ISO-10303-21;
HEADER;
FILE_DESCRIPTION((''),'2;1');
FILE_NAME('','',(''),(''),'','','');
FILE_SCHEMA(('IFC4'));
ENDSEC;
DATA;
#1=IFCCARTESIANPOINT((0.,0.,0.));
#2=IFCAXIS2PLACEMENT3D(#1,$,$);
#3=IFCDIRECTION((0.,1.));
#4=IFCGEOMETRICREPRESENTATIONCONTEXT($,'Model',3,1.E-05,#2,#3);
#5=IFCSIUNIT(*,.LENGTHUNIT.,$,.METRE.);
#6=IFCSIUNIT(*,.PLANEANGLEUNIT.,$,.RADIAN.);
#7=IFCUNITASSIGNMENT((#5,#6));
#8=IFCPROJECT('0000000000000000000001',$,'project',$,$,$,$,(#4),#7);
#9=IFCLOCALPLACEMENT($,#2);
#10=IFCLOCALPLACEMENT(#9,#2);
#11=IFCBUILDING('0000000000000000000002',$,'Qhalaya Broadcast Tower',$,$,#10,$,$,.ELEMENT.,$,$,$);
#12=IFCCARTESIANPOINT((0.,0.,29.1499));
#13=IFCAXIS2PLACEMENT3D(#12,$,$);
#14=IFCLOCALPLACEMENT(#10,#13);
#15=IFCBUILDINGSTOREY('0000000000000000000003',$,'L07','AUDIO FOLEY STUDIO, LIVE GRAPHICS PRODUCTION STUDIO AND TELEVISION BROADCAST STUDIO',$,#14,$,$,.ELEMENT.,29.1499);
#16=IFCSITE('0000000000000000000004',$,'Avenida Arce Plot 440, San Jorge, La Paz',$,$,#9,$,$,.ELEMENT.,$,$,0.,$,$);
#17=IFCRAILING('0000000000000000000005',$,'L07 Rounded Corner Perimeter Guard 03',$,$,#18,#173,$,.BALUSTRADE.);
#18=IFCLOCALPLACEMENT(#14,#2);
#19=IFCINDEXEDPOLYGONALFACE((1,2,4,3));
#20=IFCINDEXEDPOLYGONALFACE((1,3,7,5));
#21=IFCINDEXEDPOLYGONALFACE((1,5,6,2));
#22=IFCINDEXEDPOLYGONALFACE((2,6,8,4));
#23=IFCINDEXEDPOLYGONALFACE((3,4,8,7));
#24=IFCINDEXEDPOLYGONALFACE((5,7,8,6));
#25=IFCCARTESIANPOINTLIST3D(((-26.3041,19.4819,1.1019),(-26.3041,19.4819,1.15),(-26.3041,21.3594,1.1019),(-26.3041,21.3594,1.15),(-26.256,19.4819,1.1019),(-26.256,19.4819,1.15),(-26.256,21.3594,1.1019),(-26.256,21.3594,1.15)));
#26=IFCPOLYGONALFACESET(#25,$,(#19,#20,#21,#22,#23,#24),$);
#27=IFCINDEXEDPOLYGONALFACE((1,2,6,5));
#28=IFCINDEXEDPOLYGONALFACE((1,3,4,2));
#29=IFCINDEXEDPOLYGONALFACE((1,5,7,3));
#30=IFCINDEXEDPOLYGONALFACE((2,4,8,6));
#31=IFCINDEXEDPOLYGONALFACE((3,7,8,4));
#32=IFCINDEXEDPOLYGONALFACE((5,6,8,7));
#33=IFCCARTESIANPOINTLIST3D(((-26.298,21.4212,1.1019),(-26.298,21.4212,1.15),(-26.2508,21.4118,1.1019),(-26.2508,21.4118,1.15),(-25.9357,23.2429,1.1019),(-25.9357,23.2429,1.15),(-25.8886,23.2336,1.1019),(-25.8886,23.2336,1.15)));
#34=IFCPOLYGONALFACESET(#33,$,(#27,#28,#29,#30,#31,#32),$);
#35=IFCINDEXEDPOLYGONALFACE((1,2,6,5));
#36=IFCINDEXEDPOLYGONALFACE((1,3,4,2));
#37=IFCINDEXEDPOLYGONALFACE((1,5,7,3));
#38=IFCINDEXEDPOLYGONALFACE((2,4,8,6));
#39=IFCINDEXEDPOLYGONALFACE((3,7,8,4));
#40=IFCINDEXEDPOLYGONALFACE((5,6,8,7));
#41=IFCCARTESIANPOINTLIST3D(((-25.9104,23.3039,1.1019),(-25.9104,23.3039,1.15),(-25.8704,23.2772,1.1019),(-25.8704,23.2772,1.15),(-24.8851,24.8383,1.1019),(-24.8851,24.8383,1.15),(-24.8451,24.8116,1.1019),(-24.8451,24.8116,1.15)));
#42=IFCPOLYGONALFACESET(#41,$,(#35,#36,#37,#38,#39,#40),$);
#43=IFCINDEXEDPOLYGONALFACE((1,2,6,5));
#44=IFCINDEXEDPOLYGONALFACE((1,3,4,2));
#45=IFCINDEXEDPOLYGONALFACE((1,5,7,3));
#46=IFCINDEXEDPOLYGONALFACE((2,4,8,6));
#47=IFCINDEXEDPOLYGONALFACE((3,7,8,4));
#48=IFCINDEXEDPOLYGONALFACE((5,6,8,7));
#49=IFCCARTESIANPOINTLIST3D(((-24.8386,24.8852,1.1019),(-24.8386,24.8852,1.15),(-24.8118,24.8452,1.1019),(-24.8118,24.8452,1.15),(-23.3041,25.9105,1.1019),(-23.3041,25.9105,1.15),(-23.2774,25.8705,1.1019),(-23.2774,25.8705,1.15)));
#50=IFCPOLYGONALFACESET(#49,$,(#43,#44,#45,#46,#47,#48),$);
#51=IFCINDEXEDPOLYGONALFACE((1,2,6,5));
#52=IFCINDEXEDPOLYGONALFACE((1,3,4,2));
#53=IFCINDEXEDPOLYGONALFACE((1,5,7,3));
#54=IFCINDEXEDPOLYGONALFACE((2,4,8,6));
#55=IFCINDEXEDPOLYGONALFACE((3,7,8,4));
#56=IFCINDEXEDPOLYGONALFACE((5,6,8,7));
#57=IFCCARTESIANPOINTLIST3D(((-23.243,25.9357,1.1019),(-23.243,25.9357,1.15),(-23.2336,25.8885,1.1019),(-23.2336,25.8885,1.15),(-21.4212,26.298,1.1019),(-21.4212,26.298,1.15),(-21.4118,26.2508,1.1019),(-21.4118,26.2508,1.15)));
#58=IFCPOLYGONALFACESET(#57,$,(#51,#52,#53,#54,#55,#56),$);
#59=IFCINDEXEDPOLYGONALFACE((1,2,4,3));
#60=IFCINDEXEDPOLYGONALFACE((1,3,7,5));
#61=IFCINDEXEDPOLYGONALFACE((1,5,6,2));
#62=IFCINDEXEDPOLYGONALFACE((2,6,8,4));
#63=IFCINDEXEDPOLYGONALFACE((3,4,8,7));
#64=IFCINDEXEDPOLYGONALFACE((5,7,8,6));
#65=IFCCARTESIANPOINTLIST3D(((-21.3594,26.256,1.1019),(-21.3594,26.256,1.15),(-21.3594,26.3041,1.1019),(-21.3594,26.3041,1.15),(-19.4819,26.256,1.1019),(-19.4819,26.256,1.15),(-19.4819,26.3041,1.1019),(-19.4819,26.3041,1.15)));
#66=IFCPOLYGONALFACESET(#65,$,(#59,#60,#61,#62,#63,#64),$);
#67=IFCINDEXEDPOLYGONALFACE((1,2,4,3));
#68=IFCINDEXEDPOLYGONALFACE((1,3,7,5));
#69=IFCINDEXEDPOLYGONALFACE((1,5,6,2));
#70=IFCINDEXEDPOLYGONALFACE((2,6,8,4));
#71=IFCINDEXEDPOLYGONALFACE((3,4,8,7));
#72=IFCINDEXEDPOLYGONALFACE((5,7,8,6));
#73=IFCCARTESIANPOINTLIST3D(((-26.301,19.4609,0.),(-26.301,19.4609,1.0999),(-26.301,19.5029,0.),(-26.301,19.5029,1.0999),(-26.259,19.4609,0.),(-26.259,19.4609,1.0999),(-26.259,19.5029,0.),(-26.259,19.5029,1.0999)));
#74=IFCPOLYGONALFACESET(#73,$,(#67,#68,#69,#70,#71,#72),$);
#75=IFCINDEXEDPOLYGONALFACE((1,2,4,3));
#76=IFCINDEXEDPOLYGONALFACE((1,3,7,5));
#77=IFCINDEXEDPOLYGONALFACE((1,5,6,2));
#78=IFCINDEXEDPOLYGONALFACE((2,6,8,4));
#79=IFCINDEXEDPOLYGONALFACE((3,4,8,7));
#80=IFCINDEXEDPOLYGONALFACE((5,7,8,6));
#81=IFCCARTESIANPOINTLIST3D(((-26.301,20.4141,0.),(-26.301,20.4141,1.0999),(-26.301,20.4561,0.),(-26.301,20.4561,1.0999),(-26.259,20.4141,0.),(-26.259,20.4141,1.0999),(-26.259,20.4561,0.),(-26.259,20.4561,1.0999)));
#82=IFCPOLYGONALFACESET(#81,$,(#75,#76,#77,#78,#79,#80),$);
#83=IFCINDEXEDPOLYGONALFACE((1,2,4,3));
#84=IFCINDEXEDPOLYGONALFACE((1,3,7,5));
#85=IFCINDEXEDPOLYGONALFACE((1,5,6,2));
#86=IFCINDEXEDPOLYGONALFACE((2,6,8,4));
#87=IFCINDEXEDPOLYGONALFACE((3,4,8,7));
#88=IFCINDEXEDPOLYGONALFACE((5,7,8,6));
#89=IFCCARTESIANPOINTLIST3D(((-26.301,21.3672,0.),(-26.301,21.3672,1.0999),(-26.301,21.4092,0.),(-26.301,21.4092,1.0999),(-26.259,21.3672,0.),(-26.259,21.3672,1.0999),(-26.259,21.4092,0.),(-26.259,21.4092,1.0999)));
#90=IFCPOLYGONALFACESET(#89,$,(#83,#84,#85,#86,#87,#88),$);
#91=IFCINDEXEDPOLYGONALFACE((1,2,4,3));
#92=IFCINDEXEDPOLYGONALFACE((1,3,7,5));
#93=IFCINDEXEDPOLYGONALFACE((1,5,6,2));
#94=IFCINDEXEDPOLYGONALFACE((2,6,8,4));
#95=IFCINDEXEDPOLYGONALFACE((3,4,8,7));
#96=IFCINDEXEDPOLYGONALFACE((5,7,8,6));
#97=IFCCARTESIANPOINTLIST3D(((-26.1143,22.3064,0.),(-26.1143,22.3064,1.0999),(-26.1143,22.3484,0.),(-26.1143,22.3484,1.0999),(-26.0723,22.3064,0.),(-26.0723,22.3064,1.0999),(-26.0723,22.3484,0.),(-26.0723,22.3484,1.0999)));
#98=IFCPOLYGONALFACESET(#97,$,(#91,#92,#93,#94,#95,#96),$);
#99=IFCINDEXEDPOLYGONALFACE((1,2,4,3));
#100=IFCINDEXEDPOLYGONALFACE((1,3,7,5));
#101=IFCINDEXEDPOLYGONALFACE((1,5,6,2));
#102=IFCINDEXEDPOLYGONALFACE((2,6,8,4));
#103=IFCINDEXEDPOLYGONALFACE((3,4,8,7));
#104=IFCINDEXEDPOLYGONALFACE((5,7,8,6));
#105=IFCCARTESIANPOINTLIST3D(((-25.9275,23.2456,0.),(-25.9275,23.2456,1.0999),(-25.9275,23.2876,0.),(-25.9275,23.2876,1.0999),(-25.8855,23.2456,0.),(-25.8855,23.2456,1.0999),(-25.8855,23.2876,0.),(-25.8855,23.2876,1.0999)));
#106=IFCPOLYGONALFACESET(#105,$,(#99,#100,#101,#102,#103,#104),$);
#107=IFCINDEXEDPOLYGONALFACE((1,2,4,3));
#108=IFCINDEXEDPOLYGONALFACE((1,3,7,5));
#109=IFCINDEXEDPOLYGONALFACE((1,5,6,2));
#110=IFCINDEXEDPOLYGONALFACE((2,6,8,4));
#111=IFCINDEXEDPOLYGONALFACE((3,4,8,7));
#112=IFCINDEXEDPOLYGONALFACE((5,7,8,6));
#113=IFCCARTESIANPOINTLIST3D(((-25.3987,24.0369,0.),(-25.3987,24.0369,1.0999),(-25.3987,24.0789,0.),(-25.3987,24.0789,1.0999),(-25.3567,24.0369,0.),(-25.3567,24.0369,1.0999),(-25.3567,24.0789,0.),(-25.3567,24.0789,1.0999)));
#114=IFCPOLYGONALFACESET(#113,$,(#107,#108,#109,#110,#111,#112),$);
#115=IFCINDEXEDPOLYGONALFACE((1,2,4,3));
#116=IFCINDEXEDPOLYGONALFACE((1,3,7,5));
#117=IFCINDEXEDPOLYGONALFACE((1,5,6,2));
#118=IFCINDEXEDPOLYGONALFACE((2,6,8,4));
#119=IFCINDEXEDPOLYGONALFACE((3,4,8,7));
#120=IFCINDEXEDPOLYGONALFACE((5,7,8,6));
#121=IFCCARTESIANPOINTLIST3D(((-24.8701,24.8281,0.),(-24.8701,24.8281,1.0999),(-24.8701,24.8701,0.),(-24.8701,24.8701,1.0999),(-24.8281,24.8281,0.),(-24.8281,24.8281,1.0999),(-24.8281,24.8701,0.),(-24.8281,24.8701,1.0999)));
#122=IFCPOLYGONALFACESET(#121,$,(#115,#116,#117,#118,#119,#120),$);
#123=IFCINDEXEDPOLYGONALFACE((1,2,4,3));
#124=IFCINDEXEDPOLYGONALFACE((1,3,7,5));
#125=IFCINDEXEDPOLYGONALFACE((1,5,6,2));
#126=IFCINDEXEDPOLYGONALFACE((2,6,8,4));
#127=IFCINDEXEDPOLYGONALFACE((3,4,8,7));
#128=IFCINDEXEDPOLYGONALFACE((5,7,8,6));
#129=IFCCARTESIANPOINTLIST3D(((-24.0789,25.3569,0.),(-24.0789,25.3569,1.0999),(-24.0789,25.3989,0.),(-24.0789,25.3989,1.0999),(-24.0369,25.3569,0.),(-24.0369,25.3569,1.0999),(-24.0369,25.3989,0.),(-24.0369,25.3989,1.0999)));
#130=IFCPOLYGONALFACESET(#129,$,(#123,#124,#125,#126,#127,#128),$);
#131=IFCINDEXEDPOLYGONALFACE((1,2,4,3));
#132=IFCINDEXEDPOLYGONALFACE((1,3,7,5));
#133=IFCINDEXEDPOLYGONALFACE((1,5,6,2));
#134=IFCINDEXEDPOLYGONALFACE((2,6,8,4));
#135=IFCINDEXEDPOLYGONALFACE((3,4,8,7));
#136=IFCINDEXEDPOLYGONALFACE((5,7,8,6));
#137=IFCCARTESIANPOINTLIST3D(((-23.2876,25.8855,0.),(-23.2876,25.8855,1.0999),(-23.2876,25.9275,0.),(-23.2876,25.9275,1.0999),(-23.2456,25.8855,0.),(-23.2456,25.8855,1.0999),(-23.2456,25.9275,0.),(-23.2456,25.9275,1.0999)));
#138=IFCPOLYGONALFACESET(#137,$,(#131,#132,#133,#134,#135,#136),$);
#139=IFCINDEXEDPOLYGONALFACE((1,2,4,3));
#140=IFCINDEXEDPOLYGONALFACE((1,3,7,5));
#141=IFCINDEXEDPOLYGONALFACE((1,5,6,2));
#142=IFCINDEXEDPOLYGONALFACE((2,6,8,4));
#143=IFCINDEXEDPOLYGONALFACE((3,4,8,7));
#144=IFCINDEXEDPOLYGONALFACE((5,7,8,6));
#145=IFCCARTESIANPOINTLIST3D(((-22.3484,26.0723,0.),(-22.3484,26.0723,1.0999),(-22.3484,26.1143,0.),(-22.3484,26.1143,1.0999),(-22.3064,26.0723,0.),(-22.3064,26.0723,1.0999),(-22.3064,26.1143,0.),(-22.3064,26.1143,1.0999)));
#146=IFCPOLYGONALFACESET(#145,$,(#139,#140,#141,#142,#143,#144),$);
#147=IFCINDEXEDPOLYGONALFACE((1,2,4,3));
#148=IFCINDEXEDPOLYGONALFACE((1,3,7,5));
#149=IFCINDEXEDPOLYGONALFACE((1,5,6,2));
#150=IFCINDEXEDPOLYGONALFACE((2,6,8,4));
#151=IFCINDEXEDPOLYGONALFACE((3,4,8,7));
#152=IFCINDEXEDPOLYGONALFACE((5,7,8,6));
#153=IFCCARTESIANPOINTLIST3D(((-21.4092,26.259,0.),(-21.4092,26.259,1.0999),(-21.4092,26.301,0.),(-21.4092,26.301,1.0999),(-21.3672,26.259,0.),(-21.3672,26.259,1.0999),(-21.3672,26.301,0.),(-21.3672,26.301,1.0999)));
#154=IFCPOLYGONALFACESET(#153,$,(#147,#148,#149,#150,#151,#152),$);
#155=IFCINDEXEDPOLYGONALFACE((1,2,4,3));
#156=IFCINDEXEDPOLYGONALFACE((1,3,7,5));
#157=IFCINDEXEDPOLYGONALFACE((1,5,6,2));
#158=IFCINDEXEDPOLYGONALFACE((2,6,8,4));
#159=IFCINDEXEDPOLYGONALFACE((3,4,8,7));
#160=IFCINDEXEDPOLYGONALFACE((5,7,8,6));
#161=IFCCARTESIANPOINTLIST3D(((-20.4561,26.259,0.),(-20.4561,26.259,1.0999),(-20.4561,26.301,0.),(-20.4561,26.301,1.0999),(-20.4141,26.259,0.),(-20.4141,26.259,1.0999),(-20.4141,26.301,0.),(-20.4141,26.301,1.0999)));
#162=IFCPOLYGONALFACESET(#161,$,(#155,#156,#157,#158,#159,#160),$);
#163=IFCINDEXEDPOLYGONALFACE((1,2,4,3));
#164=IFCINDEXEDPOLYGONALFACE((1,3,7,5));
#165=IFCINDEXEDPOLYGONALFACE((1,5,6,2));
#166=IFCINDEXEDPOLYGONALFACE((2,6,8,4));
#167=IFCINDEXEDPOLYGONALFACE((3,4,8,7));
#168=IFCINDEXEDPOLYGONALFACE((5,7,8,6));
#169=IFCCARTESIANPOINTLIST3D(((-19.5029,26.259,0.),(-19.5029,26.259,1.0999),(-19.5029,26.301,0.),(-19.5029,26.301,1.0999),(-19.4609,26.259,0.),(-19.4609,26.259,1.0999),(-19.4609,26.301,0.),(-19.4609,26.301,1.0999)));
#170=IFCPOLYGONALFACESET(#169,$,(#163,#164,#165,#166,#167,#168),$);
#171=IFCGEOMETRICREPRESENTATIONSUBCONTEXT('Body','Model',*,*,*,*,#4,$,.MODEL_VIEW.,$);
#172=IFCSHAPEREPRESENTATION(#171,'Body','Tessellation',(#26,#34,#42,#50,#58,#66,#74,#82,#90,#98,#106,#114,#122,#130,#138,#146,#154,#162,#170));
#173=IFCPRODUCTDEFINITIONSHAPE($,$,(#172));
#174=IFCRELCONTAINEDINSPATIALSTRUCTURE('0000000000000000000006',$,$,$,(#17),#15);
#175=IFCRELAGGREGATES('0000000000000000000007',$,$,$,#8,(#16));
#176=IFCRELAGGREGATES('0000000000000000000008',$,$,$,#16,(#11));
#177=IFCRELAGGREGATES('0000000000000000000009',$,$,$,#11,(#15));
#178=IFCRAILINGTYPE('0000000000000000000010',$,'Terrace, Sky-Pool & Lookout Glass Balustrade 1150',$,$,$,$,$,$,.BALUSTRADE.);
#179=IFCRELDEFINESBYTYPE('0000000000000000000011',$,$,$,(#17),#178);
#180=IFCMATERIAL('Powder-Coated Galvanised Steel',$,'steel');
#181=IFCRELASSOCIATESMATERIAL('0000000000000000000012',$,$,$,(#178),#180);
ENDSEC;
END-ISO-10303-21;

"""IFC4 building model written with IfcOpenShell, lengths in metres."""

from ifc_helpers import new_model, si_unit, direction, frame, origin, origin_2d, place, context, subcontext, project, spatial, rectangle, extrude, material, type_object, element, save


model = new_model("IFC4")

# Units and contexts
model_context = context("Model", 3, precision=1e-05, world=origin(), true_north=direction((0.0, 1.0)))
body_context = subcontext(model_context, "Body", "Model", "MODEL_VIEW")
ifc_project = project(units=[si_unit("LENGTHUNIT", "METRE"), si_unit("PLANEANGLEUNIT", "RADIAN")], contexts=[model_context])

# Site, building, storey
site_placement = place(None, origin())
site = spatial("IfcSite", under=ifc_project, at=site_placement, Name="Avenida Arce Plot 440, San Jorge, La Paz", CompositionType="ELEMENT", RefElevation=0.0)
building_placement = place(site_placement, origin())
building = spatial("IfcBuilding", under=site, at=building_placement, Name="Qhalaya Broadcast Tower", CompositionType="ELEMENT")
storey_placement = place(building_placement, frame((0.0, 0.0, 29.1499)))
storey = spatial("IfcBuildingStorey", under=building, at=storey_placement, Name="L07", Description="AUDIO FOLEY STUDIO, LIVE GRAPHICS PRODUCTION STUDIO AND TELEVISION BROADCAST STUDIO", CompositionType="ELEMENT", Elevation=29.1499)

# Railing
ifc_material_1 = material(Name="Powder-Coated Galvanised Steel", Category="steel")
railing_type = type_object("IfcRailingType", Name="Terrace, Sky-Pool & Lookout Glass Balustrade 1150", PredefinedType="BALUSTRADE", material=ifc_material_1)
railing_placement = place(storey_placement, frame((-26.28, 19.4819, 0.0)))
element("IfcRailing", 1, at=railing_placement, inside=storey, type_object=railing_type, Name="L07 Rounded Corner Perimeter Guard 03", PredefinedType="BALUSTRADE", context=body_context, shape_type="SweptSolid", body=[
    extrude(rectangle(XDim=0.0481, YDim=0.0481, at=origin_2d()), frame((0.0, 0.0, 1.126), z_axis=(0.0, 1.0, 0.0), x_axis=(-1.0, 0.0, 0.0)), (0.0, 0.0, 1.0), 1.8774),
    extrude(rectangle(XDim=0.0481, YDim=0.0481, at=origin_2d()), frame((0.0056, 1.9346, 1.126), z_axis=(0.195037, 0.980796, 0.0), x_axis=(-0.980796, 0.195037, 0.0)), (0.0, 0.0, 1.0), 1.8574),
    extrude(rectangle(XDim=0.0481, YDim=0.0481, at=origin_2d()), frame((0.3896, 3.8086, 1.126), z_axis=(0.555558, 0.831478, 0.0), x_axis=(-0.831478, 0.555558, 0.0)), (0.0, 0.0, 1.0), 1.8455),
    extrude(rectangle(XDim=0.0481, YDim=0.0481, at=origin_2d()), frame((1.4548, 5.3833, 1.126), z_axis=(0.831478, 0.555558, 0.0), x_axis=(-0.555558, 0.831478, 0.0)), (0.0, 0.0, 1.0), 1.8455),
    extrude(rectangle(XDim=0.0481, YDim=0.0481, at=origin_2d()), frame((3.0417, 6.4302, 1.126), z_axis=(0.980796, 0.195037, 0.0), x_axis=(-0.195037, 0.980796, 0.0)), (0.0, 0.0, 1.0), 1.8574),
    extrude(rectangle(XDim=0.0481, YDim=0.0481, at=origin_2d()), frame((4.9207, 6.7981, 1.126), z_axis=(1.0, 0.0, 0.0), x_axis=(0.0, 1.0, 0.0)), (0.0, 0.0, 1.0), 1.8774),
    extrude(rectangle(XDim=0.042, YDim=0.042, at=origin_2d()), origin(), (0.0, 0.0, 1.0), 1.0999),
    extrude(rectangle(XDim=0.042, YDim=0.042, at=origin_2d()), frame((0.0, 0.9531, 0.0)), (0.0, 0.0, 1.0), 1.0999),
    extrude(rectangle(XDim=0.042, YDim=0.042, at=origin_2d()), frame((0.0, 1.9062, 0.0)), (0.0, 0.0, 1.0), 1.0999),
    extrude(rectangle(XDim=0.042, YDim=0.042, at=origin_2d()), frame((0.1868, 2.8455, 0.0)), (0.0, 0.0, 1.0), 1.0999),
    extrude(rectangle(XDim=0.042, YDim=0.042, at=origin_2d()), frame((0.3735, 3.7847, 0.0)), (0.0, 0.0, 1.0), 1.0999),
    extrude(rectangle(XDim=0.042, YDim=0.042, at=origin_2d()), frame((0.9023, 4.5759, 0.0)), (0.0, 0.0, 1.0), 1.0999),
    extrude(rectangle(XDim=0.042, YDim=0.042, at=origin_2d()), frame((1.4309, 5.3672, 0.0)), (0.0, 0.0, 1.0), 1.0999),
    extrude(rectangle(XDim=0.042, YDim=0.042, at=origin_2d()), frame((2.2222, 5.896, 0.0)), (0.0, 0.0, 1.0), 1.0999),
    extrude(rectangle(XDim=0.042, YDim=0.042, at=origin_2d()), frame((3.0134, 6.4246, 0.0)), (0.0, 0.0, 1.0), 1.0999),
    extrude(rectangle(XDim=0.042, YDim=0.042, at=origin_2d()), frame((3.9526, 6.6113, 0.0)), (0.0, 0.0, 1.0), 1.0999),
    extrude(rectangle(XDim=0.042, YDim=0.042, at=origin_2d()), frame((4.8918, 6.7981, 0.0)), (0.0, 0.0, 1.0), 1.0999),
    extrude(rectangle(XDim=0.042, YDim=0.042, at=origin_2d()), frame((5.845, 6.7981, 0.0)), (0.0, 0.0, 1.0), 1.0999),
    extrude(rectangle(XDim=0.042, YDim=0.042, at=origin_2d()), frame((6.7981, 6.7981, 0.0)), (0.0, 0.0, 1.0), 1.0999),
])

save(model, "model.ifc")
